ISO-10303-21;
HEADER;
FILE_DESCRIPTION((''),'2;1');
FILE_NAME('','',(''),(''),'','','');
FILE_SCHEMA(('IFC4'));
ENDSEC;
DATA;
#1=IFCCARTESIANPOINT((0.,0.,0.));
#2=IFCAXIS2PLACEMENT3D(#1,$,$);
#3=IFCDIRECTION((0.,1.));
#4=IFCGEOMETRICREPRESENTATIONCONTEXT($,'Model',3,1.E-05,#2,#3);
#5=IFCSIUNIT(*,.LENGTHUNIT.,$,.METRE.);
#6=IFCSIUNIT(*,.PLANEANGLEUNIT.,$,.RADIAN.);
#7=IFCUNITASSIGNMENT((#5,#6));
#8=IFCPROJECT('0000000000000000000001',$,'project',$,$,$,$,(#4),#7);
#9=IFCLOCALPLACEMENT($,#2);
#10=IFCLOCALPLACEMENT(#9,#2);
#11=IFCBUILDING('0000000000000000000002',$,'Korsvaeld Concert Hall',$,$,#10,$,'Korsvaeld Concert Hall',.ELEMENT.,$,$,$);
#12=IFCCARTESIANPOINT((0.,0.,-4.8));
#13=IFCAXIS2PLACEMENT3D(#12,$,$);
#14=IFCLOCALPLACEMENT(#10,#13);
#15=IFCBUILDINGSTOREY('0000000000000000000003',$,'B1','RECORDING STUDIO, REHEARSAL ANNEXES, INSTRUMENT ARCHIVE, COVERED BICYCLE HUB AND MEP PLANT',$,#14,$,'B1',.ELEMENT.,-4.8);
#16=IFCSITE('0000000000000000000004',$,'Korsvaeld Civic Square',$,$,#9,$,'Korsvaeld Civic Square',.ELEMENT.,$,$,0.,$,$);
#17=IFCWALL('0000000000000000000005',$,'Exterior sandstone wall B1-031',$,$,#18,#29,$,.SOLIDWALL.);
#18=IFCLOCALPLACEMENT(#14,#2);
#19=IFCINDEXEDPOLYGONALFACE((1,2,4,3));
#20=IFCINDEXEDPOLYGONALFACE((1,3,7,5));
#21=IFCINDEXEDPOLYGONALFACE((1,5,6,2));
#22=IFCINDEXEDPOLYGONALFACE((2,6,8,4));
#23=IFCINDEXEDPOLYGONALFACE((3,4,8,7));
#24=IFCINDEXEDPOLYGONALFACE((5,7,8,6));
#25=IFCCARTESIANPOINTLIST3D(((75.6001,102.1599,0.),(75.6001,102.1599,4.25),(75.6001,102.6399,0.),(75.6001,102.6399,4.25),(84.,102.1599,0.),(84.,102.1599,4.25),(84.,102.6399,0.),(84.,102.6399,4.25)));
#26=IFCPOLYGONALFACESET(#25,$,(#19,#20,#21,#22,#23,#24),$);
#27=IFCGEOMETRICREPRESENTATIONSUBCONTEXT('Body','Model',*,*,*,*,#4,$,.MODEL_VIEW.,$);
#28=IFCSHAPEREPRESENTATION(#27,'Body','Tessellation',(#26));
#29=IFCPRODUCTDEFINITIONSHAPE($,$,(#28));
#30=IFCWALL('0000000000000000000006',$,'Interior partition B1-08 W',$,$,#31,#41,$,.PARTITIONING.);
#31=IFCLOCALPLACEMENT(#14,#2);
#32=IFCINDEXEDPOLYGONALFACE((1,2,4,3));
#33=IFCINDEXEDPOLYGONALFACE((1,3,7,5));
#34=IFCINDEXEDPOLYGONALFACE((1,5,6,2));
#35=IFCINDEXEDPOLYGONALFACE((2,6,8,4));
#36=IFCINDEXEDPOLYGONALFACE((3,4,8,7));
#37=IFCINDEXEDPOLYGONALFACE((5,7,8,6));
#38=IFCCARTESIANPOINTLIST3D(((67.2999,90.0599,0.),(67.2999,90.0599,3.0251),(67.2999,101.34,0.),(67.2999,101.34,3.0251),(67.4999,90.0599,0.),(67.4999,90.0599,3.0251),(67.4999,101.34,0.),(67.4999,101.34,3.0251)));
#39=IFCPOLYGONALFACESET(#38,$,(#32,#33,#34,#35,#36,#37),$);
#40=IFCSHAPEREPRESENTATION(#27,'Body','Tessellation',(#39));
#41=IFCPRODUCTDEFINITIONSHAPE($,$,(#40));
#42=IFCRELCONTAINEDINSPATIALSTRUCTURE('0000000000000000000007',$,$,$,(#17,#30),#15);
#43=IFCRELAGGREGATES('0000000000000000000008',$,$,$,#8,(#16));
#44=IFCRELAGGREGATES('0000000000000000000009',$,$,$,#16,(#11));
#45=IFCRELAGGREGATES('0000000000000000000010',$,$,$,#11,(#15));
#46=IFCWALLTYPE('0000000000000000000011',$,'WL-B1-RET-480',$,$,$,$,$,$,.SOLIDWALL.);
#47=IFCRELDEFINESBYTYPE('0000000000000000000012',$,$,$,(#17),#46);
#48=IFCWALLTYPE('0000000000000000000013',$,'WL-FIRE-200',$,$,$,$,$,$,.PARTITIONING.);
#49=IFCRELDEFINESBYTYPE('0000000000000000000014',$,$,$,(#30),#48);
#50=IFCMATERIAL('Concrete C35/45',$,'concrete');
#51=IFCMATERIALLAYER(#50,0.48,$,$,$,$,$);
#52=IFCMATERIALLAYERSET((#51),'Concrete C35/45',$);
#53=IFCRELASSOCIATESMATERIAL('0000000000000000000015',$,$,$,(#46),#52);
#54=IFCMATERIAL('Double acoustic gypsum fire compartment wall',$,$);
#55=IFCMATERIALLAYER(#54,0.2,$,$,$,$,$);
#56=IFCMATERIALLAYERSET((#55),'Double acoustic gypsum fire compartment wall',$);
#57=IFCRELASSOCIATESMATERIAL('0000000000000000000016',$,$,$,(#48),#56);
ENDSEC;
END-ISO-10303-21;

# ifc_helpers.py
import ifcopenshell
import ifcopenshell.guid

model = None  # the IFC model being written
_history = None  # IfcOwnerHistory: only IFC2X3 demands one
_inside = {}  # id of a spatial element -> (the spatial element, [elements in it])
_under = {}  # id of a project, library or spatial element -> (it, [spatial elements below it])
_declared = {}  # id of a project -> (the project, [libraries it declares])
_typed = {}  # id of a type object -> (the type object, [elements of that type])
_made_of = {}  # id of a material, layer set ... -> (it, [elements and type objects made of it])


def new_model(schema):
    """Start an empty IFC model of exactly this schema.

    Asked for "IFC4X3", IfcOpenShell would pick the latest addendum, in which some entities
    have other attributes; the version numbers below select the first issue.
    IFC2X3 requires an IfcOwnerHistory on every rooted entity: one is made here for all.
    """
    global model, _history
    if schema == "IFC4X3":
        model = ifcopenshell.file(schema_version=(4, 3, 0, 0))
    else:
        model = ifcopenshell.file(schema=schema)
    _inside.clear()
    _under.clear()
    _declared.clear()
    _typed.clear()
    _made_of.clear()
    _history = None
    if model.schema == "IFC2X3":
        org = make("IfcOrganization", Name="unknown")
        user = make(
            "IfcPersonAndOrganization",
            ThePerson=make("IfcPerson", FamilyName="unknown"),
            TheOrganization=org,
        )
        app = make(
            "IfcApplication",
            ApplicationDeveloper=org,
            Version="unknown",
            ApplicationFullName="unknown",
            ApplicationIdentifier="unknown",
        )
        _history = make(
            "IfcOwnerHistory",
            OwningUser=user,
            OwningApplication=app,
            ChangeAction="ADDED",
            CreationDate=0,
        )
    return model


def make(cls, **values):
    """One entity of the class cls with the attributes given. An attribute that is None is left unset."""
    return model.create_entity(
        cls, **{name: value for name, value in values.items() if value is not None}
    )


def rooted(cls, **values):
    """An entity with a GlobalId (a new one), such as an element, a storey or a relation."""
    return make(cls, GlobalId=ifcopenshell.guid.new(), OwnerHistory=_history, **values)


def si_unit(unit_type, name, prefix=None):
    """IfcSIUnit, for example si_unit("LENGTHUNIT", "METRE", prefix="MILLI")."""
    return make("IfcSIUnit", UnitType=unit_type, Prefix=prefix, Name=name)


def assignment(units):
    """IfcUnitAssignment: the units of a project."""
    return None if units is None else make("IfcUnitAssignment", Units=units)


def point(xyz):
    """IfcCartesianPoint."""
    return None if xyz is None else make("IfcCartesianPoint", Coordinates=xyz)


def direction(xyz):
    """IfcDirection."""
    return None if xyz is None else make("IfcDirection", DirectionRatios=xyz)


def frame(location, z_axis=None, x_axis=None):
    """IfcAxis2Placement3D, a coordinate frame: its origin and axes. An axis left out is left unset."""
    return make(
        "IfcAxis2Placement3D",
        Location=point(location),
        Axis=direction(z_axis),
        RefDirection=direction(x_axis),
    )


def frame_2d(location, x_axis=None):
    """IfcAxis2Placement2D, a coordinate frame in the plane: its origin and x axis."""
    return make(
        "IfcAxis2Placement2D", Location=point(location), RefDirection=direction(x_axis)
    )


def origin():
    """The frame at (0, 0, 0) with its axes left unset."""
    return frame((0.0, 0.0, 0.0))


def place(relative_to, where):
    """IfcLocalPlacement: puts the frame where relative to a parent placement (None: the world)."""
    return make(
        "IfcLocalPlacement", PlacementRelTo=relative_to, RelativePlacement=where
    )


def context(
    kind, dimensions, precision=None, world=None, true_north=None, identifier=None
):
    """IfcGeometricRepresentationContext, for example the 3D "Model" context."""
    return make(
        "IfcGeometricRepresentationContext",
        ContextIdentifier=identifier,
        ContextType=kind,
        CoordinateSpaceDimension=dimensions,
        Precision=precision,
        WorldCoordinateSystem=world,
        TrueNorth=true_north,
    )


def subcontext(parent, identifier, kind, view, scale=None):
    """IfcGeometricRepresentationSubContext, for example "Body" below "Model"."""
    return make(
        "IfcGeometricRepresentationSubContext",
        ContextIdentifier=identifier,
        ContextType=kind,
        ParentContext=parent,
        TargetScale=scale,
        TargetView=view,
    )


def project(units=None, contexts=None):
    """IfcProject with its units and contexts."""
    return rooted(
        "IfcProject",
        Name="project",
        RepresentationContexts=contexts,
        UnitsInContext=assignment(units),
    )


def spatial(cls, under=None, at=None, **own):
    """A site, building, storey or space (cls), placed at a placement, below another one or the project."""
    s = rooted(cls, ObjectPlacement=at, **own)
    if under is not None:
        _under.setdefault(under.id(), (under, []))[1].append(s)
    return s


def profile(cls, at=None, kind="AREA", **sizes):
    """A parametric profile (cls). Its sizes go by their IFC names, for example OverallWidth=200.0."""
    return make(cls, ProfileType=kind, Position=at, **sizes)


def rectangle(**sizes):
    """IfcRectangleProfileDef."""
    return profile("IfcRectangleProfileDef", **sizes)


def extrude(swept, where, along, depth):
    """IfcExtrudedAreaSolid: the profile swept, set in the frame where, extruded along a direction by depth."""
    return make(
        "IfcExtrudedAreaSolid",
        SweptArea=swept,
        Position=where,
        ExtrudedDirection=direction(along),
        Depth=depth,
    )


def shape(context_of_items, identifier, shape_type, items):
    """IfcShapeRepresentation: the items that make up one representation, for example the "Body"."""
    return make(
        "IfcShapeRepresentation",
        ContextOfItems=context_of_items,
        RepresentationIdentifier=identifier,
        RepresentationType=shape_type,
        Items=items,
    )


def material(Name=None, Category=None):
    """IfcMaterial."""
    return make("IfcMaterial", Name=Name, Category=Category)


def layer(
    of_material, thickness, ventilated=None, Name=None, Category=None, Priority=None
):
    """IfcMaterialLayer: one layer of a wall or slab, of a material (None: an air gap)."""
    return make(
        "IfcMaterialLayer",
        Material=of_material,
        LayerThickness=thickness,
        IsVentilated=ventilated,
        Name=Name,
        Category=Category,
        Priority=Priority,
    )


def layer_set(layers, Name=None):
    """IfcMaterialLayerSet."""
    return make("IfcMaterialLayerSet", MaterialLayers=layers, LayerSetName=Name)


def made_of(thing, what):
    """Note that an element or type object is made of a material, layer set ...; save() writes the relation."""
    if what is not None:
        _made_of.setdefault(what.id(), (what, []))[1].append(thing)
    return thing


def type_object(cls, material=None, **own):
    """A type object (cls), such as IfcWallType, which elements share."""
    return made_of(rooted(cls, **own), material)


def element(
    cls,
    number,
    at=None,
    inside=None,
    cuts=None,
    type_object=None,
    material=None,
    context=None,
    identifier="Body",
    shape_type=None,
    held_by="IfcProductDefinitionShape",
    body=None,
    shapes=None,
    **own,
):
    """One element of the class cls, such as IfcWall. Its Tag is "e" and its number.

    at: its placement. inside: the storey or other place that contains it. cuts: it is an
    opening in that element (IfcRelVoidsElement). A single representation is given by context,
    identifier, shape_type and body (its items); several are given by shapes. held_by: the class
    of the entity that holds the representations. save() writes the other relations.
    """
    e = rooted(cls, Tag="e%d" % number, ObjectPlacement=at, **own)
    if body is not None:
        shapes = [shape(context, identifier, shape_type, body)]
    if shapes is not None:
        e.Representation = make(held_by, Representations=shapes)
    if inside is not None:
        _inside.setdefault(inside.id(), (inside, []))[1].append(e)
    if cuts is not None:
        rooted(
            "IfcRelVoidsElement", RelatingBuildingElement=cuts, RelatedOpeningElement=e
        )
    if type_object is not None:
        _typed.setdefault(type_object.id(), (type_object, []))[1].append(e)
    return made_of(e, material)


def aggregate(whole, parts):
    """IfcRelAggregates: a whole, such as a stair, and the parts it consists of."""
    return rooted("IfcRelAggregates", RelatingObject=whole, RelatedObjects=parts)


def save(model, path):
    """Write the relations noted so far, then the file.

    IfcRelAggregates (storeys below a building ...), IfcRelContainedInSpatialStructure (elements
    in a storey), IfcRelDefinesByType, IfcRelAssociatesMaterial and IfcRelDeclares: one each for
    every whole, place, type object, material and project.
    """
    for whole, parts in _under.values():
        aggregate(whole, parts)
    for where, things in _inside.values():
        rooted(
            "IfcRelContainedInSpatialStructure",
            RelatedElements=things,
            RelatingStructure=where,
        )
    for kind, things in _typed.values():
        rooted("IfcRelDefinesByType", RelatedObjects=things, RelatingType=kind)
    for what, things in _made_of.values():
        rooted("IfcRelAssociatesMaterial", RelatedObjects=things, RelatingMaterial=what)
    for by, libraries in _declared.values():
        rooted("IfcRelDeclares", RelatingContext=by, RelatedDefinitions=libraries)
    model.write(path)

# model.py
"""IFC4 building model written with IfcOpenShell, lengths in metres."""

from ifc_helpers import new_model, si_unit, direction, frame, frame_2d, origin, place, context, subcontext, project, spatial, rectangle, extrude, material, layer, layer_set, type_object, element, save


model = new_model("IFC4")

# Units and contexts
model_context = context("Model", 3, precision=1e-05, world=origin(), true_north=direction((0.0, 1.0)))
body_context = subcontext(model_context, "Body", "Model", "MODEL_VIEW")
ifc_project = project(units=[si_unit("LENGTHUNIT", "METRE"), si_unit("PLANEANGLEUNIT", "RADIAN")], contexts=[model_context])

# Site, building, storey
site_placement = place(None, origin())
site = spatial("IfcSite", under=ifc_project, at=site_placement, Name="Korsvaeld Civic Square", LongName="Korsvaeld Civic Square", CompositionType="ELEMENT", RefElevation=0.0)
building_placement = place(site_placement, origin())
building = spatial("IfcBuilding", under=site, at=building_placement, Name="Korsvaeld Concert Hall", LongName="Korsvaeld Concert Hall", CompositionType="ELEMENT")
storey_placement = place(building_placement, frame((0.0, 0.0, -4.8)))
storey = spatial("IfcBuildingStorey", under=building, at=storey_placement, Name="B1", Description="RECORDING STUDIO, REHEARSAL ANNEXES, INSTRUMENT ARCHIVE, COVERED BICYCLE HUB AND MEP PLANT", LongName="B1", CompositionType="ELEMENT", Elevation=-4.8)

# Shared definitions
ifc_material_1 = material(Name="Concrete C35/45", Category="concrete")

# Walls
ifc_layer_1 = layer(ifc_material_1, 0.48)
ifc_layer_set_1 = layer_set([ifc_layer_1], Name="Concrete C35/45")
wall_type_1 = type_object("IfcWallType", Name="WL-B1-RET-480", PredefinedType="SOLIDWALL", material=ifc_layer_set_1)
wall_1_placement = place(storey_placement, frame((75.6001, 102.3999, 0.0), z_axis=(0.0, 0.0, 1.0), x_axis=(1.0, 0.0, 0.0)))
element("IfcWall", 1, at=wall_1_placement, inside=storey, type_object=wall_type_1, Name="Exterior sandstone wall B1-031", PredefinedType="SOLIDWALL", context=body_context, shape_type="SweptSolid", body=[
    extrude(rectangle(XDim=8.3999, YDim=0.48, at=frame_2d((4.2, 0.0))), origin(), (0.0, 0.0, 1.0), 4.25),
])
ifc_material_2 = material(Name="Double acoustic gypsum fire compartment wall")
ifc_layer_2 = layer(ifc_material_2, 0.2)
ifc_layer_set_2 = layer_set([ifc_layer_2], Name="Double acoustic gypsum fire compartment wall")
wall_type_2 = type_object("IfcWallType", Name="WL-FIRE-200", PredefinedType="PARTITIONING", material=ifc_layer_set_2)
wall_2_placement = place(storey_placement, frame((67.3999, 101.3401, 0.0), z_axis=(0.0, 0.0, 1.0), x_axis=(0.0, -1.0, 0.0)))
element("IfcWall", 2, at=wall_2_placement, inside=storey, type_object=wall_type_2, Name="Interior partition B1-08 W", PredefinedType="PARTITIONING", context=body_context, shape_type="SweptSolid", body=[
    extrude(rectangle(XDim=11.28, YDim=0.2, at=frame_2d((5.6401, 0.0))), origin(), (0.0, 0.0, 1.0), 3.0251),
])

save(model, "model.ifc")
